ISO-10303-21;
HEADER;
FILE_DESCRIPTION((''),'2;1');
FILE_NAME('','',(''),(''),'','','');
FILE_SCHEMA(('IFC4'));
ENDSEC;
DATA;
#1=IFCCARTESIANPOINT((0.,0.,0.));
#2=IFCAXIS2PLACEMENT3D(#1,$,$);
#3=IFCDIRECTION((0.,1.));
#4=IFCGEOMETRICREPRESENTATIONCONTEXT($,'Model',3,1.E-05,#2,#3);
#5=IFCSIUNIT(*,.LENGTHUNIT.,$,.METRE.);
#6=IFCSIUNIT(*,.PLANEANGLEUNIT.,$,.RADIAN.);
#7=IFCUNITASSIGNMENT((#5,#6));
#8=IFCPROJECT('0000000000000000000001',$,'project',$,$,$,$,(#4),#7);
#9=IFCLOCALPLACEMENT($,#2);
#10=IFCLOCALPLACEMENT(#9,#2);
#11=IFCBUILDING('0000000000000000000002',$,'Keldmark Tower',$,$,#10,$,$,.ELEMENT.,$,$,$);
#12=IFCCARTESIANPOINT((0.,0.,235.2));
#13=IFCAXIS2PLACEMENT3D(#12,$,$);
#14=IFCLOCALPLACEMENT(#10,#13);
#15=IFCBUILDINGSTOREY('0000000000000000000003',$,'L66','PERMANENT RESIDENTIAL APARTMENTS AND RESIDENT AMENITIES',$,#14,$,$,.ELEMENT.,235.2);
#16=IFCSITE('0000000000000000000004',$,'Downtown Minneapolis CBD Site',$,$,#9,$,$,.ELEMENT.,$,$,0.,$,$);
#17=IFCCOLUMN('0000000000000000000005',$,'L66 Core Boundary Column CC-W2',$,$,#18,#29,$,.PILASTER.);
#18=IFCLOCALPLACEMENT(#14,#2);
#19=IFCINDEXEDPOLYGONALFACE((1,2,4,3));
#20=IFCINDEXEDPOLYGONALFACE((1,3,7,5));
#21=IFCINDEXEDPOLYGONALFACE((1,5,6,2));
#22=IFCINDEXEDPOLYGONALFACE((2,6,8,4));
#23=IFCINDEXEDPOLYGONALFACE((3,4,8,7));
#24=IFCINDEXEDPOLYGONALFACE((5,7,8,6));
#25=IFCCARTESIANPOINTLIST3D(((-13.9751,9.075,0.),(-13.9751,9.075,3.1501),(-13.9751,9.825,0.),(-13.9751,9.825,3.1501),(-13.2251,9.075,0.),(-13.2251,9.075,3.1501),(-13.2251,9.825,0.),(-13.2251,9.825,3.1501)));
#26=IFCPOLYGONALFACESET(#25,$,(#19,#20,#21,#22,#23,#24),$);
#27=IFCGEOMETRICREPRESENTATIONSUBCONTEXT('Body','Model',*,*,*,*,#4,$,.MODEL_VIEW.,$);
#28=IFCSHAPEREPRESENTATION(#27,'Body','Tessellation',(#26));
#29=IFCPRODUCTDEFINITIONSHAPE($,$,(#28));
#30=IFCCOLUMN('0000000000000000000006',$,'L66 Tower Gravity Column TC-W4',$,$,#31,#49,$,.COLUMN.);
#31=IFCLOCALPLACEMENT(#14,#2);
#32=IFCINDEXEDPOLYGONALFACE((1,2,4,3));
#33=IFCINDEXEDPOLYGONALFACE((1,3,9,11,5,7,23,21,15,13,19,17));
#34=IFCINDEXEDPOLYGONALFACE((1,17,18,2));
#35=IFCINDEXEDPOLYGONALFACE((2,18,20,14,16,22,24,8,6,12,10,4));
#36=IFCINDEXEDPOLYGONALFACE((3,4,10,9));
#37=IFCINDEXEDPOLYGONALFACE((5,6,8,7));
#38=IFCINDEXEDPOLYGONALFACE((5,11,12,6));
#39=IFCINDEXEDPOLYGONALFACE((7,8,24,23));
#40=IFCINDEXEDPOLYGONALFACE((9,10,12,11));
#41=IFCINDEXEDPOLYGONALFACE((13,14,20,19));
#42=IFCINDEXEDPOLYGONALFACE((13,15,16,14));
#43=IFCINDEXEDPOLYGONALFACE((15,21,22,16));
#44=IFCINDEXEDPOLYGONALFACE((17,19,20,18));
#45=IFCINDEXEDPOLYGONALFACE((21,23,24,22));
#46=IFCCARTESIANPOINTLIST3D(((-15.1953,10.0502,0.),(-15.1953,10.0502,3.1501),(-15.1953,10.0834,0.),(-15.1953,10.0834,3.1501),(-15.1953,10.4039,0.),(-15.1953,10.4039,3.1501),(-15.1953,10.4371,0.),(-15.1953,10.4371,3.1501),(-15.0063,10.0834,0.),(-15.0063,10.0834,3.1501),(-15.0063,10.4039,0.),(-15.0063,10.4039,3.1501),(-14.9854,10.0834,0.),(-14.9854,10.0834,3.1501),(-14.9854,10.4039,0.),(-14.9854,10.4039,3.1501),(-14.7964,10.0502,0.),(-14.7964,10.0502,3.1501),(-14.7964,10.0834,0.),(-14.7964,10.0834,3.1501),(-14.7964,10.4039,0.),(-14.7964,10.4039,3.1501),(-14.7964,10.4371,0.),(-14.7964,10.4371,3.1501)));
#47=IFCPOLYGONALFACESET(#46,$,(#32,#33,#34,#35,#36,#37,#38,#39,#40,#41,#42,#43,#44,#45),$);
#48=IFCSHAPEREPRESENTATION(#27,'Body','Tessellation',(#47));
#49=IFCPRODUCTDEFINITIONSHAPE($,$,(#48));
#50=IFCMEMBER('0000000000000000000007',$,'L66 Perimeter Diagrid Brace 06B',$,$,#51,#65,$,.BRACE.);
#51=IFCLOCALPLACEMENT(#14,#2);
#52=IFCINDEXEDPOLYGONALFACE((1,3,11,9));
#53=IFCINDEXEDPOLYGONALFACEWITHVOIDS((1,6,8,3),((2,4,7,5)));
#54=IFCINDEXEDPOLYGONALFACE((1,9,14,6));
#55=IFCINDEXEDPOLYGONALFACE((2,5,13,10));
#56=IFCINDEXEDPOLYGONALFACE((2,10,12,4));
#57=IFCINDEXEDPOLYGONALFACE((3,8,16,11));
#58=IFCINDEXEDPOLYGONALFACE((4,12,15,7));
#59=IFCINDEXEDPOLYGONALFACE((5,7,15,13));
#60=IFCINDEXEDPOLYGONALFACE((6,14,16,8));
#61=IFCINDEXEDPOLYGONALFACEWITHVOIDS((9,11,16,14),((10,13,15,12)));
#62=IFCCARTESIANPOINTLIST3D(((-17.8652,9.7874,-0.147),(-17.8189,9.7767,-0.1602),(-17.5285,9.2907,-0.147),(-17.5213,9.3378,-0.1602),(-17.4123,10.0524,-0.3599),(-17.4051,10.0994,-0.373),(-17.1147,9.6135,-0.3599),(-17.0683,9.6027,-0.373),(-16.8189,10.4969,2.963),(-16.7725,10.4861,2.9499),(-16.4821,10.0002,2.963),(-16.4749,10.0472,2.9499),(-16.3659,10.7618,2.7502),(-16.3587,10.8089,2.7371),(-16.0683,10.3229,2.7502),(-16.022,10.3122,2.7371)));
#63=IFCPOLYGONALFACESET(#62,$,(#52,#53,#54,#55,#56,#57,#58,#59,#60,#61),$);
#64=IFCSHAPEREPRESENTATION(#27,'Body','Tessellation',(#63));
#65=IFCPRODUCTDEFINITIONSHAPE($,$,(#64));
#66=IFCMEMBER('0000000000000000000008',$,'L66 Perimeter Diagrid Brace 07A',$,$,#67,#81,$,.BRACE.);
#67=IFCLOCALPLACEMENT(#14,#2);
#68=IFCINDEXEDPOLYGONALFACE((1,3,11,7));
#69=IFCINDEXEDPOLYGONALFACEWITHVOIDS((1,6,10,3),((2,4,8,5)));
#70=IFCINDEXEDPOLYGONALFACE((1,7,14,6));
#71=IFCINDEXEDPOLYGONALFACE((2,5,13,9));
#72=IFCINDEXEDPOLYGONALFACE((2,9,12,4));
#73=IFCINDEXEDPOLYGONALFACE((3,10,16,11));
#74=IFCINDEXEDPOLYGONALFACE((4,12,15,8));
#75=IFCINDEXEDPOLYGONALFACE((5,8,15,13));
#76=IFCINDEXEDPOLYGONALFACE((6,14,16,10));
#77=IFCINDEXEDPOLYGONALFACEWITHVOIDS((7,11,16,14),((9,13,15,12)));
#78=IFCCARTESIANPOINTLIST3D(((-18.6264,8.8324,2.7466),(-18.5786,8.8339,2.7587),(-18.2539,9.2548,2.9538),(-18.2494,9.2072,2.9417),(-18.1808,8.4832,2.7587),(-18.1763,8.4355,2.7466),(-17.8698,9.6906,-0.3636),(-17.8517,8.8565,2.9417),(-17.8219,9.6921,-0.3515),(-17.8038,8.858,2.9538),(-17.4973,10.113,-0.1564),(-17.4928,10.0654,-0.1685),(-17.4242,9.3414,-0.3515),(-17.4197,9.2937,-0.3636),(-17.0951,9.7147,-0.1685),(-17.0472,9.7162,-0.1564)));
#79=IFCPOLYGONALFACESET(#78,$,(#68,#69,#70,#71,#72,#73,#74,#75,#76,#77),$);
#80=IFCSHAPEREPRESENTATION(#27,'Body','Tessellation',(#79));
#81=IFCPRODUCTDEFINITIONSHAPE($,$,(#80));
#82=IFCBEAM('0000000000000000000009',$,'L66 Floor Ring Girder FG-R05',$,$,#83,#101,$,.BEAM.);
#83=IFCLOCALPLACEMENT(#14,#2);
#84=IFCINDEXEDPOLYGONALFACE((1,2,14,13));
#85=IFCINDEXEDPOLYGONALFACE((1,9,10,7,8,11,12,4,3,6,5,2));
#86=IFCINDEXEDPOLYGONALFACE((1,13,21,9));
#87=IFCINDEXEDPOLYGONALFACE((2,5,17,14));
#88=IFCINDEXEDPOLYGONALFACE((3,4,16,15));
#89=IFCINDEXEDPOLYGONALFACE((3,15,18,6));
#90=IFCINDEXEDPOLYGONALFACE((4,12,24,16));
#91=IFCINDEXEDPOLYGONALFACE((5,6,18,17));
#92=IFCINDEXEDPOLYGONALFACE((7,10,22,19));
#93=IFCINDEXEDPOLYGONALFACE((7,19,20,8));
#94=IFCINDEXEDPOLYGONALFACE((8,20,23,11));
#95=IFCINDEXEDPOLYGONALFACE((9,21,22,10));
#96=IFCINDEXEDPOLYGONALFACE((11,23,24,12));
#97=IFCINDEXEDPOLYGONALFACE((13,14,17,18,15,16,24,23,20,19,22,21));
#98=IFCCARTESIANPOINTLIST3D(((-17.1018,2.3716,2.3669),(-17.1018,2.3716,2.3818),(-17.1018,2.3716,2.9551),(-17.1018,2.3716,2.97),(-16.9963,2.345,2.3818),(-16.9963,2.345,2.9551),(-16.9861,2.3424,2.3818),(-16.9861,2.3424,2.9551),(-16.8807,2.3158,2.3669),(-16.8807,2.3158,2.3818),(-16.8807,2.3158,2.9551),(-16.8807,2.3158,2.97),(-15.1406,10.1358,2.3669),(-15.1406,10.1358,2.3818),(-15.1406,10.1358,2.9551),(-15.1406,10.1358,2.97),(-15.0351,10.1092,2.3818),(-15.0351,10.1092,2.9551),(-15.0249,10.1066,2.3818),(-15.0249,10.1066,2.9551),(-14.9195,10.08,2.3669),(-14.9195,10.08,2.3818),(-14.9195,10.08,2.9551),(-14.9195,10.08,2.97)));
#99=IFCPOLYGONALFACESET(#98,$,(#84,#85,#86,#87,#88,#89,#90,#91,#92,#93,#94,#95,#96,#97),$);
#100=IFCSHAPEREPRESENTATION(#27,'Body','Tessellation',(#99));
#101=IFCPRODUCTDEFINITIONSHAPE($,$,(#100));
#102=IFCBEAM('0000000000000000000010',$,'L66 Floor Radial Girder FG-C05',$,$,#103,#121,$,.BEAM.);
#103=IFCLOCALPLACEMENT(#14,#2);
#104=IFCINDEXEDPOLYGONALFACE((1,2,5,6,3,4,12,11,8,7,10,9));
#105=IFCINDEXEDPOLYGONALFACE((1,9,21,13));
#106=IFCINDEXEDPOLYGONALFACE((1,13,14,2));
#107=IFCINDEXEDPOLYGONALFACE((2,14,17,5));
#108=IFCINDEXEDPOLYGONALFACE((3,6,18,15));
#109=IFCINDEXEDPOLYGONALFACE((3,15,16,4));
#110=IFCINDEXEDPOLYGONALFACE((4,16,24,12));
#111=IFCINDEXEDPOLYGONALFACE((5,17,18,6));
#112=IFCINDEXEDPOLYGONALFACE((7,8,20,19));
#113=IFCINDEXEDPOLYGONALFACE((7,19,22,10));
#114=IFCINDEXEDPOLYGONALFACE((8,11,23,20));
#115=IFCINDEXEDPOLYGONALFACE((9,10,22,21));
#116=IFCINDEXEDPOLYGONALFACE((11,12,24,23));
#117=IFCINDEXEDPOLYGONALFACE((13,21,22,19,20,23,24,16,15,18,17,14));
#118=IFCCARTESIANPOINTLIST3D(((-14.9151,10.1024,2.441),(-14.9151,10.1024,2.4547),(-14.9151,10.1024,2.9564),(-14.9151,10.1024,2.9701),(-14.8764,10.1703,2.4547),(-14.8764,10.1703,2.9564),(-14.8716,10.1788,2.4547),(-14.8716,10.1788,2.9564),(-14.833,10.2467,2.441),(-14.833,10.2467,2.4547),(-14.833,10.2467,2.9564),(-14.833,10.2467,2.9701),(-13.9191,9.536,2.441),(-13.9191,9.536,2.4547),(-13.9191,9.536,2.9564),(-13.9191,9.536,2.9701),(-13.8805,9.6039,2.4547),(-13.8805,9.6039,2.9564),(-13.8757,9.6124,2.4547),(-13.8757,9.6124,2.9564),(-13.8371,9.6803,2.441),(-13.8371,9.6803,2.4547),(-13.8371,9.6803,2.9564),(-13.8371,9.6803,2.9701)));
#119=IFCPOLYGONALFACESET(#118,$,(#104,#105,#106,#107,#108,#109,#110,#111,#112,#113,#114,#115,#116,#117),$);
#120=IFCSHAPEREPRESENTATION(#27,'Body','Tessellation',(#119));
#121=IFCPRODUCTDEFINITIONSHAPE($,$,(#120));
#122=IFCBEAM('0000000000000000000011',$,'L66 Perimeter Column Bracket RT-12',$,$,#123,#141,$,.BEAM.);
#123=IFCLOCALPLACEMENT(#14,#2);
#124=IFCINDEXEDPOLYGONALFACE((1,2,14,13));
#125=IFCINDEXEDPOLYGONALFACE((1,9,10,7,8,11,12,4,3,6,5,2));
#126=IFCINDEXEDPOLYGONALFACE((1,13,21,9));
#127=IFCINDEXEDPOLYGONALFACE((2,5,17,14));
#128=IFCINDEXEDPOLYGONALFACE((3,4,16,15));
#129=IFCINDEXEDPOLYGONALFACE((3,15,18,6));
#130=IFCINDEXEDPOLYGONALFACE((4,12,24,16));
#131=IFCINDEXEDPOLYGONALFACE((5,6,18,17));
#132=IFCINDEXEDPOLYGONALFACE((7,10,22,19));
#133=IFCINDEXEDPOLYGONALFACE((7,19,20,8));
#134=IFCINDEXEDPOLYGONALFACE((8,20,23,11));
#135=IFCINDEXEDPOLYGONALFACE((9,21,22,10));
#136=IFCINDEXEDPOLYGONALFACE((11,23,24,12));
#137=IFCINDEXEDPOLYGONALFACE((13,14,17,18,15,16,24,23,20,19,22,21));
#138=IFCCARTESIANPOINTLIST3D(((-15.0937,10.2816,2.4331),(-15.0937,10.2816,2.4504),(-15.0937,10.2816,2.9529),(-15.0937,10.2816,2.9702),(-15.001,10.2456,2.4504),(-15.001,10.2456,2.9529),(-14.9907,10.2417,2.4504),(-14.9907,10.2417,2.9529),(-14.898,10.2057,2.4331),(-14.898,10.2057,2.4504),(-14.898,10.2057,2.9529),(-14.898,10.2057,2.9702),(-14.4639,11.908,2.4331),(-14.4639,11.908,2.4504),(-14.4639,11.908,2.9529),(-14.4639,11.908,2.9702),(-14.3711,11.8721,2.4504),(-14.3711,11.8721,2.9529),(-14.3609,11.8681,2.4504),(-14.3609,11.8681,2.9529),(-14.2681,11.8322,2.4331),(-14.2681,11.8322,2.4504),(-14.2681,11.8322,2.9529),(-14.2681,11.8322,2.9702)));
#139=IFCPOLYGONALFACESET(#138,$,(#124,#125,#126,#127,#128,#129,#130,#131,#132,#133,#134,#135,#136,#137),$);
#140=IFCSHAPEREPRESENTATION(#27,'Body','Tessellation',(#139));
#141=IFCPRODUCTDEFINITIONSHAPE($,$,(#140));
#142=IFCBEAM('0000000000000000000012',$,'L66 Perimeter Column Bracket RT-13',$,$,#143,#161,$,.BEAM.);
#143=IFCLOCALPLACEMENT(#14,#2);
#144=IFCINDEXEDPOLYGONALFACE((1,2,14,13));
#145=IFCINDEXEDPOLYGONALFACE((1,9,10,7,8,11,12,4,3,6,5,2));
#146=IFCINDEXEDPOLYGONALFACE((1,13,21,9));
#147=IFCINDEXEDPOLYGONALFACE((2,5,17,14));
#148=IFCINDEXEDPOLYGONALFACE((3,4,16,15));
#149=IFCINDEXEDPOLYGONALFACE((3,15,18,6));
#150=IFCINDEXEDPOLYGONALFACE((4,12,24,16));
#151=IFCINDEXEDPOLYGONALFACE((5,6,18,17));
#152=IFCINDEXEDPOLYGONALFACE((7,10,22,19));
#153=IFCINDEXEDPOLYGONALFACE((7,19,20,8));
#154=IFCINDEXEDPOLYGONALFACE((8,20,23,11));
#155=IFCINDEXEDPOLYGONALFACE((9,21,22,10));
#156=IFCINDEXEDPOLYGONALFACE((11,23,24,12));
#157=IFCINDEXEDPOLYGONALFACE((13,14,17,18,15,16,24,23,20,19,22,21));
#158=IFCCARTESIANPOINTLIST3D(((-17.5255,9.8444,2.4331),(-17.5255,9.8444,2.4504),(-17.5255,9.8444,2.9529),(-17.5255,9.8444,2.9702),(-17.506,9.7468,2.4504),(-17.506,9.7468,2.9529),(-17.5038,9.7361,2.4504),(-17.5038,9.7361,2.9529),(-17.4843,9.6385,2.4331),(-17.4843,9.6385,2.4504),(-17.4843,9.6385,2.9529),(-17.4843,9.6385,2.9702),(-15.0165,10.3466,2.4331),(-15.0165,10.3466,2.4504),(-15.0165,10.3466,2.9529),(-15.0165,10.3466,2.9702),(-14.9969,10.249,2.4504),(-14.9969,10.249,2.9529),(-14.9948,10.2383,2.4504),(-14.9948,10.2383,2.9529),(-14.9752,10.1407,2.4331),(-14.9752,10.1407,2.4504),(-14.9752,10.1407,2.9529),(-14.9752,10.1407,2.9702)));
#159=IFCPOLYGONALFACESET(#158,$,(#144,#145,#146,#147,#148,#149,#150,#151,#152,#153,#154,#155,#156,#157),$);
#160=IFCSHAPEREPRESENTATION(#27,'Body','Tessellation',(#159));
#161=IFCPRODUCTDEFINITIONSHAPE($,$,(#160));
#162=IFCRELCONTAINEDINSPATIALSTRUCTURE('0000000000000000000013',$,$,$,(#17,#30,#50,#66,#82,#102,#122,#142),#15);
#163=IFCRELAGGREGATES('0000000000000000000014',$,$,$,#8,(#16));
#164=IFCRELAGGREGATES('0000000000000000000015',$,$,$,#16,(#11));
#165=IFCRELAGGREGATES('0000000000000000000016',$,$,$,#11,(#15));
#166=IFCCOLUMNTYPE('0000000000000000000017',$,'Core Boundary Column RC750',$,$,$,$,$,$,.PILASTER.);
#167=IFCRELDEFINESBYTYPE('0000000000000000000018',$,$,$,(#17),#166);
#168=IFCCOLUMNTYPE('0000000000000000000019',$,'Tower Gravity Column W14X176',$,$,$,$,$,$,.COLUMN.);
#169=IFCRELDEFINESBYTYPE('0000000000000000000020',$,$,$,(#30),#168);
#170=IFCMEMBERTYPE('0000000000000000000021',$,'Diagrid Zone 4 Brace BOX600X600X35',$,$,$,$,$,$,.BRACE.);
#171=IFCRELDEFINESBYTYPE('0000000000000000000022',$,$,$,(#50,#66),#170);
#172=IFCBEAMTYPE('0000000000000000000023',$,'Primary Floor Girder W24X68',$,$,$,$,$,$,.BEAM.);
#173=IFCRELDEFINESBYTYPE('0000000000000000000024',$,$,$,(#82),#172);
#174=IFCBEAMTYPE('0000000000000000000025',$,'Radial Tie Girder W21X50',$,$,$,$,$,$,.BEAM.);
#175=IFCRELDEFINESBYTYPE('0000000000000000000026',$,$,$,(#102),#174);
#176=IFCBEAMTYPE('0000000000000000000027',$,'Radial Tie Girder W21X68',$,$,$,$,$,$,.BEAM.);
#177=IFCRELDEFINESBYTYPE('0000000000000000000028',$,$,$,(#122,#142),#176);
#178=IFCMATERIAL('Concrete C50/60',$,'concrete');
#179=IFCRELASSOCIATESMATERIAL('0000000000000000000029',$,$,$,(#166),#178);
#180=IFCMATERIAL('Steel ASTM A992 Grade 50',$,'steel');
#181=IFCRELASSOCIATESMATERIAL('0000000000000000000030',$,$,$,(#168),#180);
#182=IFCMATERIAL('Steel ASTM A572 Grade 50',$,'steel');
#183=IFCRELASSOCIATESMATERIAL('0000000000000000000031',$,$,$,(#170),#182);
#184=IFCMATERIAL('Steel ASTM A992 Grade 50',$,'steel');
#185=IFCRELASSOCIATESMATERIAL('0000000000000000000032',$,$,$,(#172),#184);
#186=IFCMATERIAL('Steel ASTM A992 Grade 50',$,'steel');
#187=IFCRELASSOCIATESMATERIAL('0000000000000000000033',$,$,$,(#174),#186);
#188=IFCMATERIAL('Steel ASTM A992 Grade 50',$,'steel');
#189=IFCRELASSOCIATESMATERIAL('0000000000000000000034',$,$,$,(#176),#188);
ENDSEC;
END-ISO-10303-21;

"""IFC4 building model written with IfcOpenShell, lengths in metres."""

from ifc_helpers import new_model, si_unit, direction, frame, origin, origin_2d, place, context, subcontext, project, spatial, rectangle, hollow_rectangle, i_section, extrude, material, material_profile, profile_set, type_object, element, save


model = new_model("IFC4")

# Units and contexts
model_context = context("Model", 3, precision=1e-05, world=origin(), true_north=direction((0.0, 1.0)))
body_context = subcontext(model_context, "Body", "Model", "MODEL_VIEW")
ifc_project = project(units=[si_unit("LENGTHUNIT", "METRE"), si_unit("PLANEANGLEUNIT", "RADIAN")], contexts=[model_context])

# Site, building, storey
site_placement = place(None, origin())
site = spatial("IfcSite", under=ifc_project, at=site_placement, Name="Downtown Minneapolis CBD Site", CompositionType="ELEMENT", RefElevation=0.0)
building_placement = place(site_placement, origin())
building = spatial("IfcBuilding", under=site, at=building_placement, Name="Keldmark Tower", CompositionType="ELEMENT")
storey_placement = place(building_placement, frame((0.0, 0.0, 235.2)))
storey = spatial("IfcBuildingStorey", under=building, at=storey_placement, Name="L66", Description="PERMANENT RESIDENTIAL APARTMENTS AND RESIDENT AMENITIES", CompositionType="ELEMENT", Elevation=235.2)

# Columns
ifc_material_1 = material(Name="Concrete C50/60", Category="concrete")
ifc_material_profile_1 = material_profile(ifc_material_1, rectangle(XDim=0.75, YDim=0.75, at=origin_2d()), Name="RC750X750")
ifc_profile_set_1 = profile_set([ifc_material_profile_1], Name="Concrete C50/60")
column_type_1 = type_object("IfcColumnType", Name="Core Boundary Column RC750", PredefinedType="PILASTER", material=ifc_profile_set_1)
column_1_placement = place(storey_placement, frame((-13.6001, 9.45, 0.0), z_axis=(0.0, 0.0, 1.0), x_axis=(1.0, 0.0, 0.0)))
element("IfcColumn", 1, at=column_1_placement, inside=storey, type_object=column_type_1, Name="L66 Core Boundary Column CC-W2", PredefinedType="PILASTER", context=body_context, shape_type="SweptSolid", body=[
    extrude(rectangle(XDim=0.75, YDim=0.75, at=origin_2d()), origin(), (0.0, 0.0, 1.0), 3.1501),
])
ifc_material_2 = material(Name="Steel ASTM A992 Grade 50", Category="steel")
ifc_material_profile_2 = material_profile(ifc_material_2, i_section(OverallWidth=0.3989, OverallDepth=0.387, WebThickness=0.021, FlangeThickness=0.0332, at=origin_2d()), Name="W14X176")
ifc_profile_set_2 = profile_set([ifc_material_profile_2], Name="Steel ASTM A992 Grade 50")
column_type_2 = type_object("IfcColumnType", Name="Tower Gravity Column W14X176", PredefinedType="COLUMN", material=ifc_profile_set_2)
column_2_placement = place(storey_placement, frame((-14.9958, 10.2437, 0.0), z_axis=(0.0, 0.0, 1.0), x_axis=(1.0, 0.0, 0.0)))
element("IfcColumn", 2, at=column_2_placement, inside=storey, type_object=column_type_2, Name="L66 Tower Gravity Column TC-W4", PredefinedType="COLUMN", context=body_context, shape_type="SweptSolid", body=[
    extrude(i_section(OverallWidth=0.3989, OverallDepth=0.387, WebThickness=0.021, FlangeThickness=0.0332, at=origin_2d()), origin(), (0.0, 0.0, 1.0), 3.1501),
])

# Members
ifc_material_3 = material(Name="Steel ASTM A572 Grade 50", Category="steel")
ifc_material_profile_3 = material_profile(ifc_material_3, hollow_rectangle(XDim=0.6001, YDim=0.6001, WallThickness=0.0349, at=origin_2d()), Name="BOX600X600X35")
ifc_profile_set_3 = profile_set([ifc_material_profile_3], Name="Steel ASTM A572 Grade 50")
member_type = type_object("IfcMemberType", Name="Diagrid Zone 4 Brace BOX600X600X35", PredefinedType="BRACE", material=ifc_profile_set_3)
member_1_placement = place(storey_placement, frame((-17.4668, 9.6951, -0.26), z_axis=(0.311681, 0.211326, 0.926389), x_axis=(-0.56119, 0.827687, 0.0)))
element("IfcMember", 3, at=member_1_placement, inside=storey, type_object=member_type, Name="L66 Perimeter Diagrid Brace 06B", PredefinedType="BRACE", context=body_context, shape_type="SweptSolid", body=[
    extrude(hollow_rectangle(XDim=0.6001, YDim=0.6001, WallThickness=0.0349, at=origin_2d()), origin(), (0.0, 0.0, 1.0), 3.3572),
])
member_2_placement = place(storey_placement, frame((-17.4585, 9.7034, -0.26), z_axis=(-0.228312, -0.25896, 0.938517), x_axis=(0.750099, -0.661325, 0.0)))
element("IfcMember", 4, at=member_2_placement, inside=storey, type_object=member_type, Name="L66 Perimeter Diagrid Brace 07A", PredefinedType="BRACE", context=body_context, shape_type="SweptSolid", body=[
    extrude(hollow_rectangle(XDim=0.6001, YDim=0.6001, WallThickness=0.0349, at=origin_2d()), origin(), (0.0, 0.0, 1.0), 3.314),
])

# Beams
ifc_material_4 = material(Name="Steel ASTM A992 Grade 50", Category="steel")
ifc_material_profile_4 = material_profile(ifc_material_4, i_section(OverallWidth=0.228, OverallDepth=0.603, WebThickness=0.0105, FlangeThickness=0.0149, at=origin_2d()), Name="W24X68")
ifc_profile_set_4 = profile_set([ifc_material_profile_4], Name="Steel ASTM A992 Grade 50")
beam_type_1 = type_object("IfcBeamType", Name="Primary Floor Girder W24X68", PredefinedType="BEAM", material=ifc_profile_set_4)
beam_1_placement = place(storey_placement, frame((-15.03, 10.1079, 2.6685), z_axis=(-0.244902, -0.969548, 0.0), x_axis=(0.969548, -0.244902, 0.0)))
element("IfcBeam", 5, at=beam_1_placement, inside=storey, type_object=beam_type_1, Name="L66 Floor Ring Girder FG-R05", PredefinedType="BEAM", context=body_context, shape_type="SweptSolid", body=[
    extrude(i_section(OverallWidth=0.228, OverallDepth=0.603, WebThickness=0.0105, FlangeThickness=0.0149, at=origin_2d()), origin(), (0.0, 0.0, 1.0), 8.0081),
])
ifc_material_5 = material(Name="Steel ASTM A992 Grade 50", Category="steel")
ifc_material_profile_5 = material_profile(ifc_material_5, i_section(OverallWidth=0.166, OverallDepth=0.5291, WebThickness=0.0098, FlangeThickness=0.0137, at=origin_2d()), Name="W21X50")
ifc_profile_set_5 = profile_set([ifc_material_profile_5], Name="Steel ASTM A992 Grade 50")
beam_type_2 = type_object("IfcBeamType", Name="Radial Tie Girder W21X50", PredefinedType="BEAM", material=ifc_profile_set_5)
beam_2_placement = place(storey_placement, frame((-14.874, 10.1746, 2.7056), z_axis=(0.869238, -0.494394, 0.0), x_axis=(0.494394, 0.869238, 0.0)))
element("IfcBeam", 6, at=beam_2_placement, inside=storey, type_object=beam_type_2, Name="L66 Floor Radial Girder FG-C05", PredefinedType="BEAM", context=body_context, shape_type="SweptSolid", body=[
    extrude(i_section(OverallWidth=0.166, OverallDepth=0.5291, WebThickness=0.0098, FlangeThickness=0.0137, at=origin_2d()), origin(), (0.0, 0.0, 1.0), 1.1458),
])
ifc_material_6 = material(Name="Steel ASTM A992 Grade 50", Category="steel")
ifc_material_profile_6 = material_profile(ifc_material_6, i_section(OverallWidth=0.21, OverallDepth=0.5371, WebThickness=0.011, FlangeThickness=0.0173, at=origin_2d()), Name="W21X68")
ifc_profile_set_6 = profile_set([ifc_material_profile_6], Name="Steel ASTM A992 Grade 50")
beam_type_3 = type_object("IfcBeamType", Name="Radial Tie Girder W21X68", PredefinedType="BEAM", material=ifc_profile_set_6)
beam_3_placement = place(storey_placement, frame((-14.9958, 10.2437, 2.7017), z_axis=(0.361135, 0.932513, 0.0), x_axis=(-0.932513, 0.361135, 0.0)))
element("IfcBeam", 7, at=beam_3_placement, inside=storey, type_object=beam_type_3, Name="L66 Perimeter Column Bracket RT-12", PredefinedType="BEAM", context=body_context, shape_type="SweptSolid", body=[
    extrude(i_section(OverallWidth=0.21, OverallDepth=0.5371, WebThickness=0.011, FlangeThickness=0.0173, at=origin_2d()), origin(), (0.0, 0.0, 1.0), 1.7441),
])
beam_4_placement = place(storey_placement, frame((-14.9958, 10.2437, 2.7017), z_axis=(-0.980551, -0.196263, 0.0), x_axis=(0.196263, -0.980551, 0.0)))
element("IfcBeam", 8, at=beam_4_placement, inside=storey, type_object=beam_type_3, Name="L66 Perimeter Column Bracket RT-13", PredefinedType="BEAM", context=body_context, shape_type="SweptSolid", body=[
    extrude(i_section(OverallWidth=0.21, OverallDepth=0.5371, WebThickness=0.011, FlangeThickness=0.0173, at=origin_2d()), origin(), (0.0, 0.0, 1.0), 2.5588),
])

save(model, "model.ifc")
